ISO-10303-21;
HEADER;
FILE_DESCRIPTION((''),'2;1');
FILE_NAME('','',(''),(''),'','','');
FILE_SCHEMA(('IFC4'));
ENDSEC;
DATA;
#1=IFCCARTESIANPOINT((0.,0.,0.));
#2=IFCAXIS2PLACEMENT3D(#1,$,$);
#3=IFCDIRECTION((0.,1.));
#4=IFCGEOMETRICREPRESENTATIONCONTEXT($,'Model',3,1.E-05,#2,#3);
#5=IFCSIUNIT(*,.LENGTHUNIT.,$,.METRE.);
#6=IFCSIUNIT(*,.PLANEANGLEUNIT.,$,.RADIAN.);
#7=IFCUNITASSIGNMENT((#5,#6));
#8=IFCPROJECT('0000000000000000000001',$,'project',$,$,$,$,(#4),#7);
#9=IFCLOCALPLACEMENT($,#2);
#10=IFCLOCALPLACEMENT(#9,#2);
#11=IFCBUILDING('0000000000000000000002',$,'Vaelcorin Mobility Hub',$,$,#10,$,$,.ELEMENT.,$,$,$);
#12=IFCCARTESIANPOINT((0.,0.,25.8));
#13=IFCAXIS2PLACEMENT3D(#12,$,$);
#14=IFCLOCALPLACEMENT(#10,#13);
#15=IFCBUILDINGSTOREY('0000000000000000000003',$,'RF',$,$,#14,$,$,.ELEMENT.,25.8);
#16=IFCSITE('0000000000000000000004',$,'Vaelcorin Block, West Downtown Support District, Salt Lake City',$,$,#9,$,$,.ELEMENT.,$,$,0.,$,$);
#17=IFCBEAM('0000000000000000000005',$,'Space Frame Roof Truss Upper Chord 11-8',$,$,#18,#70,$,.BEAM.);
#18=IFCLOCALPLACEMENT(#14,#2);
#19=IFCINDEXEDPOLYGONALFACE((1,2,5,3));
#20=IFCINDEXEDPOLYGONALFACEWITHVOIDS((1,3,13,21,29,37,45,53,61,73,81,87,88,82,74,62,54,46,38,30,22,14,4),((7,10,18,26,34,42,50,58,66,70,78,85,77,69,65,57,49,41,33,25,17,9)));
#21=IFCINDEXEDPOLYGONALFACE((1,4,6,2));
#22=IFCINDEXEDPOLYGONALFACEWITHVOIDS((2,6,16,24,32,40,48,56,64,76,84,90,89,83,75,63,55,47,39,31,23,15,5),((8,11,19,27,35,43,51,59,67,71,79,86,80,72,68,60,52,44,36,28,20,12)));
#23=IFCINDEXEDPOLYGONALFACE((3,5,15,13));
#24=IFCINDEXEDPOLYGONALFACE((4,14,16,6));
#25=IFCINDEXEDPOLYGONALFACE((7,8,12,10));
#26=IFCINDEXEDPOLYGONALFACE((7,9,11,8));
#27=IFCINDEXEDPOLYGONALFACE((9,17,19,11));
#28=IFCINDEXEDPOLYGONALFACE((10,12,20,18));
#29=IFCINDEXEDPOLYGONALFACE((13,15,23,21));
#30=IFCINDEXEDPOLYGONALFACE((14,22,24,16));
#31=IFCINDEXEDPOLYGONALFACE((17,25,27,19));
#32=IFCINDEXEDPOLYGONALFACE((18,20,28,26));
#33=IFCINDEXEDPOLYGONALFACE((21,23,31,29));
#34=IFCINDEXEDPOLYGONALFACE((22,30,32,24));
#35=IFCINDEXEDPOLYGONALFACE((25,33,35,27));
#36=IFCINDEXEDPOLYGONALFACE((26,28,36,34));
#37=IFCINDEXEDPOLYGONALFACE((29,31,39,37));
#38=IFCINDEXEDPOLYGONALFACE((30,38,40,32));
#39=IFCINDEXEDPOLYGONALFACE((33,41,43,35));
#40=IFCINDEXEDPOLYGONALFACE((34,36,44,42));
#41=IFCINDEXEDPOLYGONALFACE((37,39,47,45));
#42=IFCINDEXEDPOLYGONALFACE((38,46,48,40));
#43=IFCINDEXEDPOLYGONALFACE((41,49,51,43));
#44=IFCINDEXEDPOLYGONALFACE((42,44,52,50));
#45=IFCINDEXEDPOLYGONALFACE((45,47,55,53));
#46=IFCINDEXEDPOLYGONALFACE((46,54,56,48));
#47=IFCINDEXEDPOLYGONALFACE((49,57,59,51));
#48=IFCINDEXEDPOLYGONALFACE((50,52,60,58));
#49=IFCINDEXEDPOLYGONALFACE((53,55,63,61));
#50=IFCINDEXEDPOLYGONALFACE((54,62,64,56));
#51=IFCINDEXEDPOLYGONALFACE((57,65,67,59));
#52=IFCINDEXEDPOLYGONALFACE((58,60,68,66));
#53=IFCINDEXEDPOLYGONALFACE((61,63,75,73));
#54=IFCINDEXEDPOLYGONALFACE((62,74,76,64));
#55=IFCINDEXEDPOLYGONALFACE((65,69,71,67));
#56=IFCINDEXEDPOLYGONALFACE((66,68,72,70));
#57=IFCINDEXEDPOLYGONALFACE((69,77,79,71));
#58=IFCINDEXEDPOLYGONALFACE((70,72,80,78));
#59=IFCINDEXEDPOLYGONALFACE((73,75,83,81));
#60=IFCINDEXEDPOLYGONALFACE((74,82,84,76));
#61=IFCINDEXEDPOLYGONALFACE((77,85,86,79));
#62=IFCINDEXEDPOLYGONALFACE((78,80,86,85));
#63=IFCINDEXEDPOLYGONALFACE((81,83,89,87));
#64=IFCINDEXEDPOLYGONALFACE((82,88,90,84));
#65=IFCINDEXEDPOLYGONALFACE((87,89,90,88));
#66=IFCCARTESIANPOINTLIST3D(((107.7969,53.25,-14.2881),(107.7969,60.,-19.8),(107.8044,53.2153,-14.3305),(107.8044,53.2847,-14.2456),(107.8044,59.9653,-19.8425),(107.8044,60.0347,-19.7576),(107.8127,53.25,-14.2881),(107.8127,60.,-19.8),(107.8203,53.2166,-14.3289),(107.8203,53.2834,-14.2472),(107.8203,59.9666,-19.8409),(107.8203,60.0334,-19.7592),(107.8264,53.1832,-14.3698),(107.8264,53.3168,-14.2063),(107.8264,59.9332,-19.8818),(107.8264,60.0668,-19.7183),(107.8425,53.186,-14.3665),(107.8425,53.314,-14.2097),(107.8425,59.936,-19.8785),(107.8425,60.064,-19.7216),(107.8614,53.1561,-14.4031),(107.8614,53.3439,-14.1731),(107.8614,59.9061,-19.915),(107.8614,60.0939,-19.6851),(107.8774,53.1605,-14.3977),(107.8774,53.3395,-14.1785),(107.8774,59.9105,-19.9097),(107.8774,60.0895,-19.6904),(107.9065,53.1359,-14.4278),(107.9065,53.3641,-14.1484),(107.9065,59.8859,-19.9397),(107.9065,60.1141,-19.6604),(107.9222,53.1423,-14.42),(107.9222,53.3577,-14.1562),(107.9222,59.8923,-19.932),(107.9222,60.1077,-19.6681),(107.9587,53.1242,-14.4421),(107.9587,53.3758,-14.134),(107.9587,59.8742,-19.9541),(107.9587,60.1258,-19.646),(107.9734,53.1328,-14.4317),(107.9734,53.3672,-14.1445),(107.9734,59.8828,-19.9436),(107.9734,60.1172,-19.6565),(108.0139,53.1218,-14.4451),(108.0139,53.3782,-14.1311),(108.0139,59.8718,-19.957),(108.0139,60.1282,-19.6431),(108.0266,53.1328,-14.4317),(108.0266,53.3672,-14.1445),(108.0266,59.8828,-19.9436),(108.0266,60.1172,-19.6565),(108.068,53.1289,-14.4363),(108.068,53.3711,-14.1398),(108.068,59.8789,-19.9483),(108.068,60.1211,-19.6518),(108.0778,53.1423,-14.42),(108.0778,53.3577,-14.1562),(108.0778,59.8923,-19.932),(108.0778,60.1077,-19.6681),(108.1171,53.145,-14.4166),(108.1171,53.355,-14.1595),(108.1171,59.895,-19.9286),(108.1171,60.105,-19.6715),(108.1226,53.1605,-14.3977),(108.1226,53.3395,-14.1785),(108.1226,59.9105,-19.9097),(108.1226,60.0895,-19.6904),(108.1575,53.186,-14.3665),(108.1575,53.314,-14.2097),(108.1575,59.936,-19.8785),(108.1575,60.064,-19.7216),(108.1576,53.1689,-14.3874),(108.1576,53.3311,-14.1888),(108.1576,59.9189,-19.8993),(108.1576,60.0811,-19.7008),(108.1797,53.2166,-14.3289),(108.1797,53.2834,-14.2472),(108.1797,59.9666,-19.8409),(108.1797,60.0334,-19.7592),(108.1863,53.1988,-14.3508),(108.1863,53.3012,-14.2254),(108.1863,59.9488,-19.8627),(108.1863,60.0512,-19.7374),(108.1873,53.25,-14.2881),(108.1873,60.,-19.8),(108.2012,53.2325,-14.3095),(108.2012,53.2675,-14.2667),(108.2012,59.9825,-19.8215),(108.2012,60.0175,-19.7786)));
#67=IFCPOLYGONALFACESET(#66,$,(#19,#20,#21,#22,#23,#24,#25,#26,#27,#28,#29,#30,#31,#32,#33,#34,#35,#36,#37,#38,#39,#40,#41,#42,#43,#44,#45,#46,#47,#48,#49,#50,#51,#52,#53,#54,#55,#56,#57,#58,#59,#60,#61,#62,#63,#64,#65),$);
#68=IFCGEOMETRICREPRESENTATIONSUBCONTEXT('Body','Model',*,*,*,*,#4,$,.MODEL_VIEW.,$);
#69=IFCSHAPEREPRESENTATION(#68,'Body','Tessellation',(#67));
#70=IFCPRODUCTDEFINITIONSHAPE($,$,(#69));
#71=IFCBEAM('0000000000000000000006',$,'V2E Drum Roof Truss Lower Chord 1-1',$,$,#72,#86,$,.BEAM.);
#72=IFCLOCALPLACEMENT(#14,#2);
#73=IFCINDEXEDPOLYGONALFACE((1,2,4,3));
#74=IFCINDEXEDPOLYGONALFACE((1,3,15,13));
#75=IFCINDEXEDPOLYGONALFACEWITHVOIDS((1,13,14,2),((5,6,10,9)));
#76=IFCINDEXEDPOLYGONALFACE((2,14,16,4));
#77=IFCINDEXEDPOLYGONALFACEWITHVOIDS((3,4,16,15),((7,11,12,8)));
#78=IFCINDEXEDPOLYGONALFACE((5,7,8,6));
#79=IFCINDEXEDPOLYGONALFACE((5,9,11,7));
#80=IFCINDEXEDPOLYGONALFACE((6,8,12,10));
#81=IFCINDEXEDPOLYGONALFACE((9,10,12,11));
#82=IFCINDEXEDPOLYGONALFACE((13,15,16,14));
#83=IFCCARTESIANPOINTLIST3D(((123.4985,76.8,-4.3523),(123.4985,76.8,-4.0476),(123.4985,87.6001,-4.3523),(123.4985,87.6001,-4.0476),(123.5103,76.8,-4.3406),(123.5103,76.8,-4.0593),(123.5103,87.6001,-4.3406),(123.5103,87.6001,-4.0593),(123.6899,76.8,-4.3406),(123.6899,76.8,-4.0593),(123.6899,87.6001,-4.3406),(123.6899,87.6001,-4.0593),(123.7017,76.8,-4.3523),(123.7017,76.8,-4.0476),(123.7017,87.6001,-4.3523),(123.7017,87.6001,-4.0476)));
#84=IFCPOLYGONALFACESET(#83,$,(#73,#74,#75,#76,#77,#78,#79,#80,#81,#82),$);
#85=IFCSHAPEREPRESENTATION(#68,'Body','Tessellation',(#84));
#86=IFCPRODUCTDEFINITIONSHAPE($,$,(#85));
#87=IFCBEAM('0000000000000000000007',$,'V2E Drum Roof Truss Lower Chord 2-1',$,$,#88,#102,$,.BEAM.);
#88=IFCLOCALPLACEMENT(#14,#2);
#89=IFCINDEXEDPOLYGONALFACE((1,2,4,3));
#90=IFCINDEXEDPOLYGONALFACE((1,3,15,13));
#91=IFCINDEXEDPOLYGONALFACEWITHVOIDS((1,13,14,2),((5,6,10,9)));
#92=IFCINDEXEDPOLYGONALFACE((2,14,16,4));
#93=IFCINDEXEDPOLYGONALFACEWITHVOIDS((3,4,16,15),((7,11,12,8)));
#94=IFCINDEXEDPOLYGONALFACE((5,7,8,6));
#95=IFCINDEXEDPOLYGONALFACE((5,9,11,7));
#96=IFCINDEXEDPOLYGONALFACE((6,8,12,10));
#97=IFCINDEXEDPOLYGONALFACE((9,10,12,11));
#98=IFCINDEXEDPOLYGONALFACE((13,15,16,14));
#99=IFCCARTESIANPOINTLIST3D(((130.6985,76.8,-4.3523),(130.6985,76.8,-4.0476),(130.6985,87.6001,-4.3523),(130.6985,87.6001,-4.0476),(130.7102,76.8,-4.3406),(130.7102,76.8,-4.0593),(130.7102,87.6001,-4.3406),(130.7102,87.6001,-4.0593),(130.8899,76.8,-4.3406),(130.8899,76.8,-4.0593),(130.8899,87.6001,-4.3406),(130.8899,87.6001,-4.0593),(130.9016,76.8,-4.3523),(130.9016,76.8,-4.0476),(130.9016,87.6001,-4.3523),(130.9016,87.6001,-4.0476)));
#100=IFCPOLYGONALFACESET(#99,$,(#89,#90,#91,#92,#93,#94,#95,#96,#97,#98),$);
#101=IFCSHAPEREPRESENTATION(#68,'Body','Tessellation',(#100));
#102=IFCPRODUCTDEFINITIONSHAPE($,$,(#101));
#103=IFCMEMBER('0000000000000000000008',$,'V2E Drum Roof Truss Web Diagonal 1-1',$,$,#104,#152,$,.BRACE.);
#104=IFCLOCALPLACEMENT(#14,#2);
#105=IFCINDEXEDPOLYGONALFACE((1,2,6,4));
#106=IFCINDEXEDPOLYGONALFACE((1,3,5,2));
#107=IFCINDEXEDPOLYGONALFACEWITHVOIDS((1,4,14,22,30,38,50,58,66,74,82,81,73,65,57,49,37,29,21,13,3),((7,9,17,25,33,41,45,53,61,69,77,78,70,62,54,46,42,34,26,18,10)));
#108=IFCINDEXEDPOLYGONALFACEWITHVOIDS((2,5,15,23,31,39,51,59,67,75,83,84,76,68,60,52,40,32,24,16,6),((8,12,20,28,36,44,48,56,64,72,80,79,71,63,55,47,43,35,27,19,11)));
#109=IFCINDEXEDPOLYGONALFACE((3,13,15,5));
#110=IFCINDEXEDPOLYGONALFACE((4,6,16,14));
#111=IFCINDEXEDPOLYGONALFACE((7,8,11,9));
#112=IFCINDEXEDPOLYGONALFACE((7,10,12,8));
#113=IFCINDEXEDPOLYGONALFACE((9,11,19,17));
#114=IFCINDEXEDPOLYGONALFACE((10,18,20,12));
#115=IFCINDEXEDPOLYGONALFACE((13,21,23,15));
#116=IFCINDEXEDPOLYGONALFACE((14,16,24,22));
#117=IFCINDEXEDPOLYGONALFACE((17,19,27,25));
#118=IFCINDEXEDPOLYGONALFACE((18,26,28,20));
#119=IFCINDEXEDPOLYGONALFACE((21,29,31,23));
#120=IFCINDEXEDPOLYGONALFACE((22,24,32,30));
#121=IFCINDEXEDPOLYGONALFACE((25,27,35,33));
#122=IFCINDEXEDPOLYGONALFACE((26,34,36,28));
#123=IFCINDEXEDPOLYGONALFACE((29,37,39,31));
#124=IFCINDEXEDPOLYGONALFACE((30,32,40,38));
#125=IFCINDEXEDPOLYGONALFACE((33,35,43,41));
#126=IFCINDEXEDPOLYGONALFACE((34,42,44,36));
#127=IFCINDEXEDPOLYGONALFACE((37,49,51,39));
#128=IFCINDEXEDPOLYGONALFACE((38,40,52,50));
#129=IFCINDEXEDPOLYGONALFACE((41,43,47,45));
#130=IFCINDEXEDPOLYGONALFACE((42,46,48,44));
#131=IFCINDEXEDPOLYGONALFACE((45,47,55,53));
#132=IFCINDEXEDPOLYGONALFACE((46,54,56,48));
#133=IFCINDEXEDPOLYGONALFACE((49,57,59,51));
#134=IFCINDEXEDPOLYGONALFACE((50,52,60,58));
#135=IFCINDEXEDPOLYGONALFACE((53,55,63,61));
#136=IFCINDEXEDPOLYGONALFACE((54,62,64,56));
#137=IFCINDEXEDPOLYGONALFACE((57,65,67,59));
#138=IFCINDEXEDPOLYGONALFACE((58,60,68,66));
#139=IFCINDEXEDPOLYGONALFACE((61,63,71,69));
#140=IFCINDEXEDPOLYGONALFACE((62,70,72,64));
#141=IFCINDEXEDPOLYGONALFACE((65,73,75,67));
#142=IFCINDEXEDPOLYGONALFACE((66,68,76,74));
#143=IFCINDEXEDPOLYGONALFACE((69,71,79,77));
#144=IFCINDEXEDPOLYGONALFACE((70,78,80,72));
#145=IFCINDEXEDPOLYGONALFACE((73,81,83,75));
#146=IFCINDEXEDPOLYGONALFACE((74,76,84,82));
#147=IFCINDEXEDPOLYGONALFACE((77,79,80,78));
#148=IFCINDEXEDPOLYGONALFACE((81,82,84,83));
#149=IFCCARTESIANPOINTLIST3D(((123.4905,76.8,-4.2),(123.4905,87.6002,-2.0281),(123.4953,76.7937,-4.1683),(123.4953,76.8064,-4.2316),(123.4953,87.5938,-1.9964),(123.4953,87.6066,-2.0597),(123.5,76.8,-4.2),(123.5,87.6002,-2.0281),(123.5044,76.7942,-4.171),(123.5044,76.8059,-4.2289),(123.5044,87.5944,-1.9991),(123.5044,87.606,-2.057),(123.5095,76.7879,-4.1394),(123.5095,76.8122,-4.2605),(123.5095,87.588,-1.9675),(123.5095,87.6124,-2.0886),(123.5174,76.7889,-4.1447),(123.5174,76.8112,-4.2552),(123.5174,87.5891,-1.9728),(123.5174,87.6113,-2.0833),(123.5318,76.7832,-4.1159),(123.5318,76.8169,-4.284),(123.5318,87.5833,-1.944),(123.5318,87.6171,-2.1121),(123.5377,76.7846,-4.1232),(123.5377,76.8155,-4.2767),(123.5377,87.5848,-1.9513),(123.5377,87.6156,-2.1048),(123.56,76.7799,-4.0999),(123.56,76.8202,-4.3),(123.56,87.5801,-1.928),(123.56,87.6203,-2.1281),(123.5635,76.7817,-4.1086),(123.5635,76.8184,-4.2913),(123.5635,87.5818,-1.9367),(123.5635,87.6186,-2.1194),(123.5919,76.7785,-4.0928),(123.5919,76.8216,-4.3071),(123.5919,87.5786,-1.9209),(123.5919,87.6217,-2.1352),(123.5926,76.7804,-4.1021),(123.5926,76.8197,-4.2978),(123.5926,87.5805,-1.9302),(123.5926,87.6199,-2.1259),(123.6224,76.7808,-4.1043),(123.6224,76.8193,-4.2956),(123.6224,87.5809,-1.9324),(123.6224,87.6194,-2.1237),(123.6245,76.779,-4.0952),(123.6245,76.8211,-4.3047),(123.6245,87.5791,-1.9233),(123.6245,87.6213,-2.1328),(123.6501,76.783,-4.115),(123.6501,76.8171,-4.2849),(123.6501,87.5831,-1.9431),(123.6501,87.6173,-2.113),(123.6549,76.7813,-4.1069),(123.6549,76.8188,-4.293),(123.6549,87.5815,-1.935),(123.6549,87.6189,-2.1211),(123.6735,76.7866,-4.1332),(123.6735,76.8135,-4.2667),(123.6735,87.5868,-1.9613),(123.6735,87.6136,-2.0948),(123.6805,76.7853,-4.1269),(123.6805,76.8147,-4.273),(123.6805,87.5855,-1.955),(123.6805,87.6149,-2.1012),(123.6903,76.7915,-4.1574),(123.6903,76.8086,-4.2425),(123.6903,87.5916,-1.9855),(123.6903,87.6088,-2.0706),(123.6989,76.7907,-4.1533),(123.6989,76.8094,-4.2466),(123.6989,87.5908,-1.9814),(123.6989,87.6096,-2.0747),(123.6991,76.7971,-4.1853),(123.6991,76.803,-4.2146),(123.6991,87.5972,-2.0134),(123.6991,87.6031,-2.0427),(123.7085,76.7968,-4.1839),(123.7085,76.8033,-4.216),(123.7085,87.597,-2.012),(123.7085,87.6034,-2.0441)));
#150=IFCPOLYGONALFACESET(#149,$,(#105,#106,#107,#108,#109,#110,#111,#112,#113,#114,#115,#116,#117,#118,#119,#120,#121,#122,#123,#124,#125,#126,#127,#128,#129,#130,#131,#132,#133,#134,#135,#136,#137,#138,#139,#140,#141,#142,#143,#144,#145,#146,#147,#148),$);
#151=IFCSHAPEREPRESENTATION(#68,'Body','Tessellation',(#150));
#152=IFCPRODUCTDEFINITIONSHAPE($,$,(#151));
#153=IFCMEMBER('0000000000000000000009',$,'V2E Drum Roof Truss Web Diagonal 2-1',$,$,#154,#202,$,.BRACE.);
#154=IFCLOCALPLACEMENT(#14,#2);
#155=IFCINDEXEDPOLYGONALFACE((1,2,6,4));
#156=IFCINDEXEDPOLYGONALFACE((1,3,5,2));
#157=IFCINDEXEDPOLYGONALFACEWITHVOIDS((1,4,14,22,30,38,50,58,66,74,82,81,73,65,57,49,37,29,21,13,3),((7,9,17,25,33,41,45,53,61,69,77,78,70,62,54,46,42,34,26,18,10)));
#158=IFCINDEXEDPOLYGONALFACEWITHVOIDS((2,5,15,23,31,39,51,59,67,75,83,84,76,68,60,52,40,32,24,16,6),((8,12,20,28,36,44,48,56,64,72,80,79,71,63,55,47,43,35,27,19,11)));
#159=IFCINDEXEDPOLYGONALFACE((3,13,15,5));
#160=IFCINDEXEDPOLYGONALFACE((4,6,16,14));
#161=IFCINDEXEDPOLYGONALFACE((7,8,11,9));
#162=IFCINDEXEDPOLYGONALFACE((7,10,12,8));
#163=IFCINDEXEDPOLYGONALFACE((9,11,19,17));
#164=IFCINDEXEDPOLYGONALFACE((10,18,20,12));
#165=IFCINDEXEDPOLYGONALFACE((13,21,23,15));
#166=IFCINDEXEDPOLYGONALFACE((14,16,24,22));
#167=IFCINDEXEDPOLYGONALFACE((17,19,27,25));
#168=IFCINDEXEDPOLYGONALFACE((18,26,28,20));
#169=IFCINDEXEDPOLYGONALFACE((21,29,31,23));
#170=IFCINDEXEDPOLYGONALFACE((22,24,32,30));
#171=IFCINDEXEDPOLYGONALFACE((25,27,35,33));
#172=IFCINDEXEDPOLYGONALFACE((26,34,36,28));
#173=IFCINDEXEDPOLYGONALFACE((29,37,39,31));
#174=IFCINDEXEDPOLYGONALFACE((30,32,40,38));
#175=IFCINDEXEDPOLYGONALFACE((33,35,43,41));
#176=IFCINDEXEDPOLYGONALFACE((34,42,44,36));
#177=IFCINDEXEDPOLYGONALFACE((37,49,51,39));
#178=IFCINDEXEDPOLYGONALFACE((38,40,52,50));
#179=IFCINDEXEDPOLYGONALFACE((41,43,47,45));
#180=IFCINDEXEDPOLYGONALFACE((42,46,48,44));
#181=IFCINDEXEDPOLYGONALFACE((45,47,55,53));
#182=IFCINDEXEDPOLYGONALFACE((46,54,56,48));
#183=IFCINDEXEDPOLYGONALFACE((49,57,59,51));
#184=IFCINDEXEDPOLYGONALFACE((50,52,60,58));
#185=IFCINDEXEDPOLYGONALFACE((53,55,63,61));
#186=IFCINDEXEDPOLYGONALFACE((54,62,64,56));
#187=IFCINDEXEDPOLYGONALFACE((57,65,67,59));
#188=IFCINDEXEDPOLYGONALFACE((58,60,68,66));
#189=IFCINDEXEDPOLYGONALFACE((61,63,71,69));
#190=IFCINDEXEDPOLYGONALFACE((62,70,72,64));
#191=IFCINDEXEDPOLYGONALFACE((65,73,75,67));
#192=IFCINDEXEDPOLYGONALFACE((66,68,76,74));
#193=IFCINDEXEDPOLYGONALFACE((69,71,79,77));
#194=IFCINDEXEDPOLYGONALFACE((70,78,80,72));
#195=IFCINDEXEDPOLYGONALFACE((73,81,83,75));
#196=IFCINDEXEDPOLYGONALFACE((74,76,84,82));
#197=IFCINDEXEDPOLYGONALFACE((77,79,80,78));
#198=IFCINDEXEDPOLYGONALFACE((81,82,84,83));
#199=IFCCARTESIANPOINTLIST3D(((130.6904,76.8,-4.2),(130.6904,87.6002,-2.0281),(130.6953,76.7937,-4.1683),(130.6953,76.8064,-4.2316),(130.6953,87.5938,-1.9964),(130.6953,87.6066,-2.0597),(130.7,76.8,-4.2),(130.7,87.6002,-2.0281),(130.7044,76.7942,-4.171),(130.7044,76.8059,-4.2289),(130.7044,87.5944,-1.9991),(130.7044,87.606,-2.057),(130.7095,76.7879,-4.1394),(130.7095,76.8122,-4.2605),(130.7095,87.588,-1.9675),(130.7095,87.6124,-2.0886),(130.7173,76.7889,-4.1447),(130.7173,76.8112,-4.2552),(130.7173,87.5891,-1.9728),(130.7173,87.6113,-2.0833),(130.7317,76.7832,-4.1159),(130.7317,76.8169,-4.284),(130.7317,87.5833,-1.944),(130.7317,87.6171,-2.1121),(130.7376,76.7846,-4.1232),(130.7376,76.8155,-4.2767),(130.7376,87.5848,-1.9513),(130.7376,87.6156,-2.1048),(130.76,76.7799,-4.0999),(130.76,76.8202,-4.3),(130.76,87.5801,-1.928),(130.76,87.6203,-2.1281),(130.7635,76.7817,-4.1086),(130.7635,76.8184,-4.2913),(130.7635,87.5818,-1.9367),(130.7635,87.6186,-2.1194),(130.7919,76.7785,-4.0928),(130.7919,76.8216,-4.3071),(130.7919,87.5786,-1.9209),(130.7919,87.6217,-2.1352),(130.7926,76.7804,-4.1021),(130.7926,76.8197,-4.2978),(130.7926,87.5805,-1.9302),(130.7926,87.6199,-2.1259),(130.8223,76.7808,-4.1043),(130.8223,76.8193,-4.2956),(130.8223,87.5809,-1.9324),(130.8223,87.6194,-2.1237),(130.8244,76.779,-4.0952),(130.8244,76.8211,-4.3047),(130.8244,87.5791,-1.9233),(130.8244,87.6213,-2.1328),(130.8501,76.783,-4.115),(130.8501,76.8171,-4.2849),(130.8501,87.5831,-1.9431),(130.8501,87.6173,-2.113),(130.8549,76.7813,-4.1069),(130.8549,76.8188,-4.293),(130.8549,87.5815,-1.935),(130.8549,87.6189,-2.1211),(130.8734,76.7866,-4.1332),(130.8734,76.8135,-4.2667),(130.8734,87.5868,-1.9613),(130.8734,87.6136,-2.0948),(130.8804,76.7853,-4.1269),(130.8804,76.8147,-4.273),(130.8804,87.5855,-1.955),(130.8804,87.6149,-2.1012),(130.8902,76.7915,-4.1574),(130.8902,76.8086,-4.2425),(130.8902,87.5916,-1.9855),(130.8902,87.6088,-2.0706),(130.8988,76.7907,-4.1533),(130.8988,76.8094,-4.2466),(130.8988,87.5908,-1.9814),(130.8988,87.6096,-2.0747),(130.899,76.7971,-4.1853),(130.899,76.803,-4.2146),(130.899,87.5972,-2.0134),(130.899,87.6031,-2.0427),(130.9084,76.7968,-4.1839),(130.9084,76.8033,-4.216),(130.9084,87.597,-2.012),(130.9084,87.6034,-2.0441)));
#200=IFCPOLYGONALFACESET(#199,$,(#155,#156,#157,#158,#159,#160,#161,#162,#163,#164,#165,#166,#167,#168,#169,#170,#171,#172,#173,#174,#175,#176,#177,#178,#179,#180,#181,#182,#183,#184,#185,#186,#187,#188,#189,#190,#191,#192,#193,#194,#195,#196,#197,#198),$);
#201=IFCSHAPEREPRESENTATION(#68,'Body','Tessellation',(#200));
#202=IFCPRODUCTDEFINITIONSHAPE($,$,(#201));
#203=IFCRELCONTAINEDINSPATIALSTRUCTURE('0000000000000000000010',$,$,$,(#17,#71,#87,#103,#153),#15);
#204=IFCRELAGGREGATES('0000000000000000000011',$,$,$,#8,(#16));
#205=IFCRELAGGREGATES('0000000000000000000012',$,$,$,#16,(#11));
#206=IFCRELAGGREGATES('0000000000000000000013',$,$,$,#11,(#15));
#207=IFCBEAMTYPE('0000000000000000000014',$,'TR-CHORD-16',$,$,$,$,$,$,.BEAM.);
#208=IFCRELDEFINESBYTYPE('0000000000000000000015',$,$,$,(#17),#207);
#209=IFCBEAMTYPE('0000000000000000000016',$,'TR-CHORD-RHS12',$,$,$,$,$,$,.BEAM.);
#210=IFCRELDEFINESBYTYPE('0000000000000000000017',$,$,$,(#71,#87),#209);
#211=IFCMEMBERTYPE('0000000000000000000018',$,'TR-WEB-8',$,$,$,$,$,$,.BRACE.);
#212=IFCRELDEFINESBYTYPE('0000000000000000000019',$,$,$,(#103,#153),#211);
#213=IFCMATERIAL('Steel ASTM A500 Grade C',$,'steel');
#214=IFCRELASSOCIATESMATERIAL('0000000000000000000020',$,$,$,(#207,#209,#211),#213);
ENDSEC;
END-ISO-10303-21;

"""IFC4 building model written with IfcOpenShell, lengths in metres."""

from ifc_helpers import new_model, si_unit, direction, frame, origin, origin_2d, place, context, subcontext, project, spatial, hollow_rectangle, hollow_circle, extrude, material, material_profile, profile_set, type_object, element, save


model = new_model("IFC4")

# Units and contexts
model_context = context("Model", 3, precision=1e-05, world=origin(), true_north=direction((0.0, 1.0)))
body_context = subcontext(model_context, "Body", "Model", "MODEL_VIEW")
ifc_project = project(units=[si_unit("LENGTHUNIT", "METRE"), si_unit("PLANEANGLEUNIT", "RADIAN")], contexts=[model_context])

# Site, building, storey
site_placement = place(None, origin())
site = spatial("IfcSite", under=ifc_project, at=site_placement, Name="Vaelcorin Block, West Downtown Support District, Salt Lake City", CompositionType="ELEMENT", RefElevation=0.0)
building_placement = place(site_placement, origin())
building = spatial("IfcBuilding", under=site, at=building_placement, Name="Vaelcorin Mobility Hub", CompositionType="ELEMENT")
storey_placement = place(building_placement, frame((0.0, 0.0, 25.8)))
storey = spatial("IfcBuildingStorey", under=building, at=storey_placement, Name="RF", CompositionType="ELEMENT", Elevation=25.8)

# Shared definitions
ifc_material_1 = material(Name="Steel ASTM A500 Grade C", Category="steel")

# Beams
ifc_material_profile_1 = material_profile(ifc_material_1, hollow_circle(Radius=0.2031, WallThickness=0.0159, at=origin_2d()), Name="HSS16.000X0.625")
ifc_profile_set_1 = profile_set([ifc_material_profile_1], Name="Steel ASTM A500 Grade C")
beam_type_1 = type_object("IfcBeamType", Name="TR-CHORD-16", PredefinedType="BEAM", material=ifc_profile_set_1)
beam_1_placement = place(storey_placement, frame((108.0, 53.25, -14.2881), z_axis=(0.0, 0.774562, -0.632498), x_axis=(-1.0, 0.0, 0.0)))
element("IfcBeam", 1, at=beam_1_placement, inside=storey, type_object=beam_type_1, Name="Space Frame Roof Truss Upper Chord 11-8", PredefinedType="BEAM", context=body_context, shape_type="SweptSolid", body=[
    extrude(hollow_circle(Radius=0.2031, WallThickness=0.0159, at=origin_2d()), origin(), (0.0, 0.0, 1.0), 8.7146),
])
ifc_material_profile_2 = material_profile(ifc_material_1, hollow_rectangle(XDim=0.2031, YDim=0.3047, WallThickness=0.0117, at=origin_2d()), Name="HSS12X8X0.500")
ifc_profile_set_2 = profile_set([ifc_material_profile_2], Name="Steel ASTM A500 Grade C")
beam_type_2 = type_object("IfcBeamType", Name="TR-CHORD-RHS12", PredefinedType="BEAM", material=ifc_profile_set_2)
for number, where, z_axis, x_axis, name in (
    (2, (123.6001, 76.8, -4.2), (0.0, 1.0, 0.0), (-1.0, 0.0, 0.0), "V2E Drum Roof Truss Lower Chord 1-1"),
    (3, (130.8, 76.8, -4.2), (0.0, 1.0, 0.0), (-1.0, 0.0, 0.0), "V2E Drum Roof Truss Lower Chord 2-1"),
):
    element("IfcBeam", number, at=place(storey_placement, frame(where, z_axis=z_axis, x_axis=x_axis)), inside=storey, type_object=beam_type_2, Name=name, PredefinedType="BEAM", context=body_context, shape_type="SweptSolid", body=[
        extrude(hollow_rectangle(XDim=0.2031, YDim=0.3047, WallThickness=0.0117, at=origin_2d()), origin(), (0.0, 0.0, 1.0), 10.8),
    ])

# Members
ifc_material_profile_3 = material_profile(ifc_material_1, hollow_circle(Radius=0.1096, WallThickness=0.0095, at=origin_2d()), Name="HSS8.625X0.375")
ifc_profile_set_3 = profile_set([ifc_material_profile_3], Name="Steel ASTM A500 Grade C")
member_type_1 = type_object("IfcMemberType", Name="TR-WEB-8", PredefinedType="BRACE", material=ifc_profile_set_3)
for number, where, z_axis, x_axis, name in (
    (4, (123.6001, 76.8, -4.2), (0.0, 0.980373, 0.197152), (-1.0, 0.0, 0.0), "V2E Drum Roof Truss Web Diagonal 1-1"),
    (5, (130.8, 76.8, -4.2), (0.0, 0.980373, 0.197152), (-1.0, 0.0, 0.0), "V2E Drum Roof Truss Web Diagonal 2-1"),
):
    element("IfcMember", number, at=place(storey_placement, frame(where, z_axis=z_axis, x_axis=x_axis)), inside=storey, type_object=member_type_1, Name=name, PredefinedType="BRACE", context=body_context, shape_type="SweptSolid", body=[
        extrude(hollow_circle(Radius=0.1096, WallThickness=0.0095, at=origin_2d()), origin(), (0.0, 0.0, 1.0), 11.0164),
    ])

save(model, "model.ifc")
